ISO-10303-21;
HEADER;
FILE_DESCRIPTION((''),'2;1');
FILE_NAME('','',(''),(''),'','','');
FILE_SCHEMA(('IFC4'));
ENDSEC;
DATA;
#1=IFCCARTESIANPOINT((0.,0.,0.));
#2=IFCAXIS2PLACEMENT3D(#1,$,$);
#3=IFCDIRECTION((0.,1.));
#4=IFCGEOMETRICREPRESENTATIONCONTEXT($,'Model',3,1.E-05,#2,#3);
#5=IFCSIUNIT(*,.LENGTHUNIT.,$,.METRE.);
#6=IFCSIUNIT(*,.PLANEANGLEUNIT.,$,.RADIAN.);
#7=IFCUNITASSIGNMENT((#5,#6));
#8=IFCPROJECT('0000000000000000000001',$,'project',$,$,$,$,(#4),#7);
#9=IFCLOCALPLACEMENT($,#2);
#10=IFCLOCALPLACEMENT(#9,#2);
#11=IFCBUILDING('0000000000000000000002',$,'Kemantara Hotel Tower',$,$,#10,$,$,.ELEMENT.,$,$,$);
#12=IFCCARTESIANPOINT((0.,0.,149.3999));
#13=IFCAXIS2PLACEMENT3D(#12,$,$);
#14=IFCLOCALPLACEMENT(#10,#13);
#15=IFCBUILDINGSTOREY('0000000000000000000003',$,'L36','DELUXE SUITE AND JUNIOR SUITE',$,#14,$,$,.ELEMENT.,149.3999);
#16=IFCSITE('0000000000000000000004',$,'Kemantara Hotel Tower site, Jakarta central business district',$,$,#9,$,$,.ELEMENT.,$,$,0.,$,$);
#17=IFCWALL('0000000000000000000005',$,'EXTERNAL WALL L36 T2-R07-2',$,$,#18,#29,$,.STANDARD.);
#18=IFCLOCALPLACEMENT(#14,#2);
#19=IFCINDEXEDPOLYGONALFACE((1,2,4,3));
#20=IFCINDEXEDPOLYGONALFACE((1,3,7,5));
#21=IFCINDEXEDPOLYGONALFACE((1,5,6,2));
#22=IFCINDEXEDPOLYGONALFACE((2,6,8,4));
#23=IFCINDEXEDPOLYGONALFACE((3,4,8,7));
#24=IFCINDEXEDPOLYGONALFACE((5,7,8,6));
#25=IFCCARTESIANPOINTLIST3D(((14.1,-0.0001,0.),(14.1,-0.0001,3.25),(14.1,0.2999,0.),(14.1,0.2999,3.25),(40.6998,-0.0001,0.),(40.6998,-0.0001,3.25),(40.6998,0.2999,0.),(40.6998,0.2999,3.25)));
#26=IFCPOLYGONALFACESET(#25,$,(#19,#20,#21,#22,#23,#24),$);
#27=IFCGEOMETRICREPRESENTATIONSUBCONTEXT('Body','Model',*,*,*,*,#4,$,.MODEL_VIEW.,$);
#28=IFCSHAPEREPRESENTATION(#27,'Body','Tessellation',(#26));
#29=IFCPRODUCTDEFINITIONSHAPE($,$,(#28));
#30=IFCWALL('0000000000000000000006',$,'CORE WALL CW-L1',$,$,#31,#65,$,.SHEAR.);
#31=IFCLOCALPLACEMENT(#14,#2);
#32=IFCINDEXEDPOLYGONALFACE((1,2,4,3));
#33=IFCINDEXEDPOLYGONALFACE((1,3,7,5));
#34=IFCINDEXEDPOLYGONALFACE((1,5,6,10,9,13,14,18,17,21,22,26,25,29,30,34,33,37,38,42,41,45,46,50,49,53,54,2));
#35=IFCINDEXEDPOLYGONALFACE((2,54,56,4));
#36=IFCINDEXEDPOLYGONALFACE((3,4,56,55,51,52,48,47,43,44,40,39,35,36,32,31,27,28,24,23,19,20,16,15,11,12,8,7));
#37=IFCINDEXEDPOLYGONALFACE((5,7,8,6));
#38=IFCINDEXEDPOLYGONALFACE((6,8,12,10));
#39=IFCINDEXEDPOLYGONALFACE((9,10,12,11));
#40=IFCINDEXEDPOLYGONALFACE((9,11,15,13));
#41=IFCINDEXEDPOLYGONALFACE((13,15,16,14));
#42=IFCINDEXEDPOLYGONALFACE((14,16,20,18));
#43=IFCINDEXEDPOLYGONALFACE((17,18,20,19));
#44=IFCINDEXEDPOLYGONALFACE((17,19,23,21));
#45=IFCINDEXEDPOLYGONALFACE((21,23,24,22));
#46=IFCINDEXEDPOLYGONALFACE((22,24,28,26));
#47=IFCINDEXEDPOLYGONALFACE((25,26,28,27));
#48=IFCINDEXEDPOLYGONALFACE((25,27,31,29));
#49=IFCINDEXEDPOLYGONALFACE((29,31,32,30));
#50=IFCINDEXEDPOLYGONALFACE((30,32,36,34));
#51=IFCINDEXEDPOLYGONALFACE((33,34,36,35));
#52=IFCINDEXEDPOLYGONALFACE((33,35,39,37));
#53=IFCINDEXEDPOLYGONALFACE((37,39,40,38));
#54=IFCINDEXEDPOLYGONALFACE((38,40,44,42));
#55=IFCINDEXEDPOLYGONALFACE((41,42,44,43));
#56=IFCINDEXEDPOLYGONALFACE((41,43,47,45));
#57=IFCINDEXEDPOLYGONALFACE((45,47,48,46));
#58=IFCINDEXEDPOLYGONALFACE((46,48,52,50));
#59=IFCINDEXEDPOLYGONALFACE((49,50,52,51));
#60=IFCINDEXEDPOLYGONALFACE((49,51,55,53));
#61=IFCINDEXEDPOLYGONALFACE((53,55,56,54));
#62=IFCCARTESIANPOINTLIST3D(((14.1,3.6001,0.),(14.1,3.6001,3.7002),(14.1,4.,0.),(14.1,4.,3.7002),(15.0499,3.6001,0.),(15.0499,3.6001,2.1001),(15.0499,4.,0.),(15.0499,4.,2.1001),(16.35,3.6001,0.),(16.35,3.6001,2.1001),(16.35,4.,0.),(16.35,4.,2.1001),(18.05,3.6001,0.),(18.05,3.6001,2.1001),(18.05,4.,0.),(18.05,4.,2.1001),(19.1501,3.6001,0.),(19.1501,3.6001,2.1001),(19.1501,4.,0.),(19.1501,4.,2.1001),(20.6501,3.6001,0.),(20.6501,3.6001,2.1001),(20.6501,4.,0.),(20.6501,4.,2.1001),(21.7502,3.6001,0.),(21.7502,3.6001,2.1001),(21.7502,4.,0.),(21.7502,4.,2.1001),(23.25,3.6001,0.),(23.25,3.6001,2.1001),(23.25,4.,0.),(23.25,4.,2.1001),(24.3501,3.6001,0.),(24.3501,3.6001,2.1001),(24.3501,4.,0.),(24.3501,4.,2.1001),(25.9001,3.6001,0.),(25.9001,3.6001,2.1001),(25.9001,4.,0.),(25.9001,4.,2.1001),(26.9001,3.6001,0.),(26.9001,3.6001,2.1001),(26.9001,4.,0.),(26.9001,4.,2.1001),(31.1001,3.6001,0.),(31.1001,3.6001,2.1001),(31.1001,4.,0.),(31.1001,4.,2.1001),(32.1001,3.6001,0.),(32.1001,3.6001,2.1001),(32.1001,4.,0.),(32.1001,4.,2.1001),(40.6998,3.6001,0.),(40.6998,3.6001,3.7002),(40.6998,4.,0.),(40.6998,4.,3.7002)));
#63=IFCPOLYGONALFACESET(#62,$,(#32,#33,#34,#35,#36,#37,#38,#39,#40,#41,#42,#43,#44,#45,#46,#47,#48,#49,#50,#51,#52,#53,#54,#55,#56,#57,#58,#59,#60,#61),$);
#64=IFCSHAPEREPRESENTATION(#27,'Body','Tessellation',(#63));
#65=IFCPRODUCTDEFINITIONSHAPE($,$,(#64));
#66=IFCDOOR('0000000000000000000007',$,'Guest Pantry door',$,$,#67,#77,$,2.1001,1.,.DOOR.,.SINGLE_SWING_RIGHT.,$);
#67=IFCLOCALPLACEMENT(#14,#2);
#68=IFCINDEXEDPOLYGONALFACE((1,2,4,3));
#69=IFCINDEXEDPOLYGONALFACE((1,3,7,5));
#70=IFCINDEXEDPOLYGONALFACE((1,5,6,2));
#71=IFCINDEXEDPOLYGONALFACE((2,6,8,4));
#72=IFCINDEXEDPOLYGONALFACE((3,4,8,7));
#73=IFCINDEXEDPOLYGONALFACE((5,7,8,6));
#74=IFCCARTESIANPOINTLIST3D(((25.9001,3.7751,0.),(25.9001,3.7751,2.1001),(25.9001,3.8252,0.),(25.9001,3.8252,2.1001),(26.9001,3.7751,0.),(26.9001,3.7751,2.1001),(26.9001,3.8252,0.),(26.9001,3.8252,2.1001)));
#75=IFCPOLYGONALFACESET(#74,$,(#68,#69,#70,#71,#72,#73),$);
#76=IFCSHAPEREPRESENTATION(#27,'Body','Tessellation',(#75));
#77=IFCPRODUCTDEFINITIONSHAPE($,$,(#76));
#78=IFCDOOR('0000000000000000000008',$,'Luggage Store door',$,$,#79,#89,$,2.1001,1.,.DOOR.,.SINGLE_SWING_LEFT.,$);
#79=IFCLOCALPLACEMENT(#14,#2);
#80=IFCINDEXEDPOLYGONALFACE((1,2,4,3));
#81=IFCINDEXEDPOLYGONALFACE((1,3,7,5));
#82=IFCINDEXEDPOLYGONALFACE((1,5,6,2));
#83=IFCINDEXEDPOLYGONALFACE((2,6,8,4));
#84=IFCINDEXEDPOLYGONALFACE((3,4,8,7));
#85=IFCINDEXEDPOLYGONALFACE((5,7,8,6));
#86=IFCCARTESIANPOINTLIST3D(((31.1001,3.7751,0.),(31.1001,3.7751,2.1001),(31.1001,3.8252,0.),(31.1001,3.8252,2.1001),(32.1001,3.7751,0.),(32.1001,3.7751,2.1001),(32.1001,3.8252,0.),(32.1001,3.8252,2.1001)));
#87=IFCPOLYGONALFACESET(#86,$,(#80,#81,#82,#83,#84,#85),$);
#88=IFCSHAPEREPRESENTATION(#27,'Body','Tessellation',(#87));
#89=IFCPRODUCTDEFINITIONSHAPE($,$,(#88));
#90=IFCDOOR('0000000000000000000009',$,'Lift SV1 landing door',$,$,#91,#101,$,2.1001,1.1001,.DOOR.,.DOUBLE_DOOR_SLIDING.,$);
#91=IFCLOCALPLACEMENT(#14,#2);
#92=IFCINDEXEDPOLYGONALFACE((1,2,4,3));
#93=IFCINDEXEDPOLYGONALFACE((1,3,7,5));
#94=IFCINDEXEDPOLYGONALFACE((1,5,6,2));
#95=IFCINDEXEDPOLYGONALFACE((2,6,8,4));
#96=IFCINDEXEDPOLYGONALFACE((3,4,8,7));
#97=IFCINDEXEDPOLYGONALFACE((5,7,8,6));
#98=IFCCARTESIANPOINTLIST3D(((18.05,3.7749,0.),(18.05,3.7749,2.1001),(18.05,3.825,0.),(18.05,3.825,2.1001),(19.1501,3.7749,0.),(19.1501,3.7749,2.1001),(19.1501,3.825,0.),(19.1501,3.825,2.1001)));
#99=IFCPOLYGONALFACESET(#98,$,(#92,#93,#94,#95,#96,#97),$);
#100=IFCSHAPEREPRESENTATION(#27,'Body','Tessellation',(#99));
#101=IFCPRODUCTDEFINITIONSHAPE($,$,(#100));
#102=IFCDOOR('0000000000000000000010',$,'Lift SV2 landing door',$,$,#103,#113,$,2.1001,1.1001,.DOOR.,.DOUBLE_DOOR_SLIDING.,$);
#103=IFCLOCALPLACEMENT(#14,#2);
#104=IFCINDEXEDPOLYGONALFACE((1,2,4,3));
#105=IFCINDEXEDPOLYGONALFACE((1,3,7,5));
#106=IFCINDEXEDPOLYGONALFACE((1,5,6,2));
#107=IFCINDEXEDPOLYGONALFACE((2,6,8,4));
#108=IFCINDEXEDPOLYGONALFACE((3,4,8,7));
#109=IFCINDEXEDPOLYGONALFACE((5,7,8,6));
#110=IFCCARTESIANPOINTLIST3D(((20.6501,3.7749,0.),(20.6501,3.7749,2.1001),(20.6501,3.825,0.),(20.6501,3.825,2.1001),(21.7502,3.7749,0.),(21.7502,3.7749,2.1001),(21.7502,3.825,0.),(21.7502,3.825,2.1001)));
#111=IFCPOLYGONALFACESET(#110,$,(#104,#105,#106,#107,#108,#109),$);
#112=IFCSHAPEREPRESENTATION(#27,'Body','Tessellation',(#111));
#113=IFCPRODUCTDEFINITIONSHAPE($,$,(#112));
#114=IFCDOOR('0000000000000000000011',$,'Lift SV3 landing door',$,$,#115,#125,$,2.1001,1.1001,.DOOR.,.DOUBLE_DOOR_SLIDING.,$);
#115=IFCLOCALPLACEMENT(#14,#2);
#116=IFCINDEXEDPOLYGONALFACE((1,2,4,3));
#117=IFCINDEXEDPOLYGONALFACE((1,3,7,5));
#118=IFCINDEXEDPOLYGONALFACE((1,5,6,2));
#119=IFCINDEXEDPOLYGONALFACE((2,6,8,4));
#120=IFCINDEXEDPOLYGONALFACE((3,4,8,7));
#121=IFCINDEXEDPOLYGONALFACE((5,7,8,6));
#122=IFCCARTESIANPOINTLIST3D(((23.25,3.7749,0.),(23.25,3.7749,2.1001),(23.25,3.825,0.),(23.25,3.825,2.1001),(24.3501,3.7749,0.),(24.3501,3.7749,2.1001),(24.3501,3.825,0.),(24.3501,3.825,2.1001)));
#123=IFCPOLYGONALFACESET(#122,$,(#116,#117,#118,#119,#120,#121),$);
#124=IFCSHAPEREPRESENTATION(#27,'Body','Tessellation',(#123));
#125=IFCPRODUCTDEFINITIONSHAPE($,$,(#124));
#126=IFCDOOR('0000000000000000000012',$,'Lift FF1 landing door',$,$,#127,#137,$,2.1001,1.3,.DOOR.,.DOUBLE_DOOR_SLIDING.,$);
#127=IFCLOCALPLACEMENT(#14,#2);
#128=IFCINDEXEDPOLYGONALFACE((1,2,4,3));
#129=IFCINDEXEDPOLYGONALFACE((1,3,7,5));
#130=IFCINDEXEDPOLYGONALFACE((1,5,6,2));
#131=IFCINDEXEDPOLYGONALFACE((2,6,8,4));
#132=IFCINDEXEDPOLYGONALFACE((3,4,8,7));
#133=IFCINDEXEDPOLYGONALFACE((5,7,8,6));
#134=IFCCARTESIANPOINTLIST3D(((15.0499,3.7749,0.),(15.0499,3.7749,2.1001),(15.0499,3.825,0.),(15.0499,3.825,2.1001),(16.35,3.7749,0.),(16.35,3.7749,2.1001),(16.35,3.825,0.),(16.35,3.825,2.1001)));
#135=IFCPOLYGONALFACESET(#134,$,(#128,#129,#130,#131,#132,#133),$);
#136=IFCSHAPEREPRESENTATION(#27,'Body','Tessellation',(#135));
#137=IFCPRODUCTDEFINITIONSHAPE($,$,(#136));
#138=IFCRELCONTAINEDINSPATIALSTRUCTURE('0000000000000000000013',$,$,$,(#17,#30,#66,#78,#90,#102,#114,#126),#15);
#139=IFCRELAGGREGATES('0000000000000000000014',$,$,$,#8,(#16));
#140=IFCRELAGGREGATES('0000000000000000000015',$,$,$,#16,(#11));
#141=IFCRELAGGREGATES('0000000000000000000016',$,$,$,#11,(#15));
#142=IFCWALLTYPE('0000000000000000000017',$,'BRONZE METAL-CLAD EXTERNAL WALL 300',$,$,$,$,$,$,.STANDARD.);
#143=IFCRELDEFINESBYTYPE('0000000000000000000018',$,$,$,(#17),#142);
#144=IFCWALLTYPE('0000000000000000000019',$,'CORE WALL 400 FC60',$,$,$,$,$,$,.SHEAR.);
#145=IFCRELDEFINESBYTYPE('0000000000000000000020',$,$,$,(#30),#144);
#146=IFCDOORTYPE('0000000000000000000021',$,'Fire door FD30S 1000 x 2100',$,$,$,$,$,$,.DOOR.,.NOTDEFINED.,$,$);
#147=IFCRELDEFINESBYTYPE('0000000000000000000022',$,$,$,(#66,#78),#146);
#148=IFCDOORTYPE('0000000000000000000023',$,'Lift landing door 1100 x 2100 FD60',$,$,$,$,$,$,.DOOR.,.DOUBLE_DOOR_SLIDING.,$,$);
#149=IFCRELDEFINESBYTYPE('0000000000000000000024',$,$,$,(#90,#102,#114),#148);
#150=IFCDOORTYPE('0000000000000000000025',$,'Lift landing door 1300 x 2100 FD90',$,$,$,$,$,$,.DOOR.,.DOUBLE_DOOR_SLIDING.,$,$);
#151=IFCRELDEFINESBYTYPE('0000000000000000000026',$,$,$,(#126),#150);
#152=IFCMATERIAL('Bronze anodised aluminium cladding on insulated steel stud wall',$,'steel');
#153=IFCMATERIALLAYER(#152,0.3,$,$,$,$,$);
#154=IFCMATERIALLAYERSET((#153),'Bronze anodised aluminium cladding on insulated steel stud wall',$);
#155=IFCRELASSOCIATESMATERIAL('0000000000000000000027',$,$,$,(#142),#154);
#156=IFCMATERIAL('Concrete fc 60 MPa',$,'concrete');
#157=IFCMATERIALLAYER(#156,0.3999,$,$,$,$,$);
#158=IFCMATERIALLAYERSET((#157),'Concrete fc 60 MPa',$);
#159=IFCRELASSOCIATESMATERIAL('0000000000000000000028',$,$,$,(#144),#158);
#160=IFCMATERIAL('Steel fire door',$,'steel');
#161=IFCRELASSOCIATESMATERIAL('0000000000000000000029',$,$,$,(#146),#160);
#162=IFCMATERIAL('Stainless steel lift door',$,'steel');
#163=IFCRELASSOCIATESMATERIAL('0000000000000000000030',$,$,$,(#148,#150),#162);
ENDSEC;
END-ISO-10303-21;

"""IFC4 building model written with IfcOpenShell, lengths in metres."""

from ifc_helpers import new_model, si_unit, direction, frame, frame_2d, origin, place, context, subcontext, project, spatial, rectangle, extrude, material, layer, layer_set, type_object, element, fill, save


model = new_model("IFC4")

# Units and contexts
model_context = context("Model", 3, precision=1e-05, world=origin(), true_north=direction((0.0, 1.0)))
body_context = subcontext(model_context, "Body", "Model", "MODEL_VIEW")
ifc_project = project(units=[si_unit("LENGTHUNIT", "METRE"), si_unit("PLANEANGLEUNIT", "RADIAN")], contexts=[model_context])

# Site, building, storey
site_placement = place(None, origin())
site = spatial("IfcSite", under=ifc_project, at=site_placement, Name="Kemantara Hotel Tower site, Jakarta central business district", CompositionType="ELEMENT", RefElevation=0.0)
building_placement = place(site_placement, origin())
building = spatial("IfcBuilding", under=site, at=building_placement, Name="Kemantara Hotel Tower", CompositionType="ELEMENT")
storey_placement = place(building_placement, frame((0.0, 0.0, 149.3999)))
storey = spatial("IfcBuildingStorey", under=building, at=storey_placement, Name="L36", Description="DELUXE SUITE AND JUNIOR SUITE", CompositionType="ELEMENT", Elevation=149.3999)

# Wall
ifc_material_1 = material(Name="Bronze anodised aluminium cladding on insulated steel stud wall", Category="steel")
ifc_layer_1 = layer(ifc_material_1, 0.3)
ifc_layer_set_1 = layer_set([ifc_layer_1], Name="Bronze anodised aluminium cladding on insulated steel stud wall")
wall_type_1 = type_object("IfcWallType", Name="BRONZE METAL-CLAD EXTERNAL WALL 300", PredefinedType="STANDARD", material=ifc_layer_set_1)
wall_1_placement = place(storey_placement, frame((14.1001, 0.1499, 0.0), z_axis=(0.0, 0.0, 1.0), x_axis=(1.0, 0.0, 0.0)))
element("IfcWall", 1, at=wall_1_placement, inside=storey, type_object=wall_type_1, Name="EXTERNAL WALL L36 T2-R07-2", PredefinedType="STANDARD", context=body_context, shape_type="SweptSolid", body=[
    extrude(rectangle(XDim=26.5999, YDim=0.3, at=frame_2d((13.2998, 0.0))), origin(), (0.0, 0.0, 1.0), 3.25),
])

# Wall, openings, doors
ifc_material_2 = material(Name="Concrete fc 60 MPa", Category="concrete")
ifc_layer_2 = layer(ifc_material_2, 0.3999)
ifc_layer_set_2 = layer_set([ifc_layer_2], Name="Concrete fc 60 MPa")
wall_type_2 = type_object("IfcWallType", Name="CORE WALL 400 FC60", PredefinedType="SHEAR", material=ifc_layer_set_2)
wall_2_placement = place(storey_placement, frame((14.1001, 3.8, 0.0), z_axis=(0.0, 0.0, 1.0), x_axis=(1.0, 0.0, 0.0)))
wall_2 = element("IfcWall", 2, at=wall_2_placement, inside=storey, type_object=wall_type_2, Name="CORE WALL CW-L1", PredefinedType="SHEAR", context=body_context, shape_type="SweptSolid", body=[
    extrude(rectangle(XDim=26.5999, YDim=0.3999, at=frame_2d((13.2998, 0.0))), origin(), (0.0, 0.0, 1.0), 3.7002),
])
opening_1_placement = place(wall_2_placement, frame((0.95, 0.0, 0.0)))
opening_1 = element("IfcOpeningElement", 3, at=opening_1_placement, cuts=wall_2, PredefinedType="OPENING", context=body_context, shape_type="SweptSolid", body=[
    extrude(rectangle(XDim=1.3, YDim=2.1001, at=frame_2d((0.6499, 1.05))), frame((0.0, 0.21, 0.0), z_axis=(0.0, -1.0, 0.0), x_axis=(1.0, 0.0, 0.0)), (0.0, 0.0, 1.0), 0.4199),
])
opening_2_placement = place(wall_2_placement, frame((3.95, 0.0, 0.0)))
opening_2 = element("IfcOpeningElement", 4, at=opening_2_placement, cuts=wall_2, PredefinedType="OPENING", context=body_context, shape_type="SweptSolid", body=[
    extrude(rectangle(XDim=1.1001, YDim=2.1001, at=frame_2d((0.55, 1.05))), frame((0.0, 0.21, 0.0), z_axis=(0.0, -1.0, 0.0), x_axis=(1.0, 0.0, 0.0)), (0.0, 0.0, 1.0), 0.4199),
])
opening_3_placement = place(wall_2_placement, frame((6.55, 0.0, 0.0)))
opening_3 = element("IfcOpeningElement", 5, at=opening_3_placement, cuts=wall_2, PredefinedType="OPENING", context=body_context, shape_type="SweptSolid", body=[
    extrude(rectangle(XDim=1.1001, YDim=2.1001, at=frame_2d((0.55, 1.05))), frame((0.0, 0.21, 0.0), z_axis=(0.0, -1.0, 0.0), x_axis=(1.0, 0.0, 0.0)), (0.0, 0.0, 1.0), 0.4199),
])
opening_4_placement = place(wall_2_placement, frame((9.1499, 0.0, 0.0)))
opening_4 = element("IfcOpeningElement", 6, at=opening_4_placement, cuts=wall_2, PredefinedType="OPENING", context=body_context, shape_type="SweptSolid", body=[
    extrude(rectangle(XDim=1.1001, YDim=2.1001, at=frame_2d((0.55, 1.05))), frame((0.0, 0.21, 0.0), z_axis=(0.0, -1.0, 0.0), x_axis=(1.0, 0.0, 0.0)), (0.0, 0.0, 1.0), 0.4199),
])
opening_5_placement = place(wall_2_placement, frame((11.8, 0.0, 0.0)))
opening_5 = element("IfcOpeningElement", 7, at=opening_5_placement, cuts=wall_2, PredefinedType="OPENING", context=body_context, shape_type="SweptSolid", body=[
    extrude(rectangle(XDim=1.0, YDim=2.1001, at=frame_2d((0.5, 1.05))), frame((0.0, 0.21, 0.0), z_axis=(0.0, -1.0, 0.0), x_axis=(1.0, 0.0, 0.0)), (0.0, 0.0, 1.0), 0.4199),
])
opening_6_placement = place(wall_2_placement, frame((17.0, 0.0, 0.0)))
opening_6 = element("IfcOpeningElement", 8, at=opening_6_placement, cuts=wall_2, PredefinedType="OPENING", context=body_context, shape_type="SweptSolid", body=[
    extrude(rectangle(XDim=1.0, YDim=2.1001, at=frame_2d((0.5, 1.05))), frame((0.0, 0.21, 0.0), z_axis=(0.0, -1.0, 0.0), x_axis=(1.0, 0.0, 0.0)), (0.0, 0.0, 1.0), 0.4199),
])
ifc_material_3 = material(Name="Steel fire door", Category="steel")
door_type_1 = type_object("IfcDoorType", Name="Fire door FD30S 1000 x 2100", OperationType="NOTDEFINED", PredefinedType="DOOR", material=ifc_material_3)
door_1_placement = place(opening_5_placement, frame((1.0, 0.0, 0.0), z_axis=(0.0, 0.0, 1.0), x_axis=(-1.0, 0.0, 0.0)))
door_1 = element("IfcDoor", 9, at=door_1_placement, inside=storey, type_object=door_type_1, Name="Guest Pantry door", OperationType="SINGLE_SWING_RIGHT", OverallHeight=2.1001, OverallWidth=1.0, PredefinedType="DOOR", context=body_context, shape_type="SweptSolid", body=[
    extrude(rectangle(XDim=1.0, YDim=2.1001, at=frame_2d((0.5, 1.05))), frame((0.0, 0.0249, 0.0), z_axis=(0.0, -1.0, 0.0), x_axis=(1.0, 0.0, 0.0)), (0.0, 0.0, 1.0), 0.05),
])
fill(opening_5, door_1)
door_2_placement = place(opening_6_placement, frame((1.0, 0.0, 0.0), z_axis=(0.0, 0.0, 1.0), x_axis=(-1.0, 0.0, 0.0)))
door_2 = element("IfcDoor", 10, at=door_2_placement, inside=storey, type_object=door_type_1, Name="Luggage Store door", OperationType="SINGLE_SWING_LEFT", OverallHeight=2.1001, OverallWidth=1.0, PredefinedType="DOOR", context=body_context, shape_type="SweptSolid", body=[
    extrude(rectangle(XDim=1.0, YDim=2.1001, at=frame_2d((0.5, 1.05))), frame((0.0, 0.0249, 0.0), z_axis=(0.0, -1.0, 0.0), x_axis=(1.0, 0.0, 0.0)), (0.0, 0.0, 1.0), 0.05),
])
fill(opening_6, door_2)
ifc_material_4 = material(Name="Stainless steel lift door", Category="steel")
door_type_2 = type_object("IfcDoorType", Name="Lift landing door 1100 x 2100 FD60", OperationType="DOUBLE_DOOR_SLIDING", PredefinedType="DOOR", material=ifc_material_4)
door_3_placement = place(opening_2_placement, origin())
door_3 = element("IfcDoor", 11, at=door_3_placement, inside=storey, type_object=door_type_2, Name="Lift SV1 landing door", OperationType="DOUBLE_DOOR_SLIDING", OverallHeight=2.1001, OverallWidth=1.1001, PredefinedType="DOOR", context=body_context, shape_type="SweptSolid", body=[
    extrude(rectangle(XDim=1.1001, YDim=2.1001, at=frame_2d((0.55, 1.05))), frame((0.0, 0.0249, 0.0), z_axis=(0.0, -1.0, 0.0), x_axis=(1.0, 0.0, 0.0)), (0.0, 0.0, 1.0), 0.05),
])
fill(opening_2, door_3)
door_4_placement = place(opening_3_placement, origin())
door_4 = element("IfcDoor", 12, at=door_4_placement, inside=storey, type_object=door_type_2, Name="Lift SV2 landing door", OperationType="DOUBLE_DOOR_SLIDING", OverallHeight=2.1001, OverallWidth=1.1001, PredefinedType="DOOR", context=body_context, shape_type="SweptSolid", body=[
    extrude(rectangle(XDim=1.1001, YDim=2.1001, at=frame_2d((0.55, 1.05))), frame((0.0, 0.0249, 0.0), z_axis=(0.0, -1.0, 0.0), x_axis=(1.0, 0.0, 0.0)), (0.0, 0.0, 1.0), 0.05),
])
fill(opening_3, door_4)
door_5_placement = place(opening_4_placement, origin())
door_5 = element("IfcDoor", 13, at=door_5_placement, inside=storey, type_object=door_type_2, Name="Lift SV3 landing door", OperationType="DOUBLE_DOOR_SLIDING", OverallHeight=2.1001, OverallWidth=1.1001, PredefinedType="DOOR", context=body_context, shape_type="SweptSolid", body=[
    extrude(rectangle(XDim=1.1001, YDim=2.1001, at=frame_2d((0.55, 1.05))), frame((0.0, 0.0249, 0.0), z_axis=(0.0, -1.0, 0.0), x_axis=(1.0, 0.0, 0.0)), (0.0, 0.0, 1.0), 0.05),
])
fill(opening_4, door_5)
door_type_3 = type_object("IfcDoorType", Name="Lift landing door 1300 x 2100 FD90", OperationType="DOUBLE_DOOR_SLIDING", PredefinedType="DOOR", material=ifc_material_4)
door_6_placement = place(opening_1_placement, origin())
door_6 = element("IfcDoor", 14, at=door_6_placement, inside=storey, type_object=door_type_3, Name="Lift FF1 landing door", OperationType="DOUBLE_DOOR_SLIDING", OverallHeight=2.1001, OverallWidth=1.3, PredefinedType="DOOR", context=body_context, shape_type="SweptSolid", body=[
    extrude(rectangle(XDim=1.3, YDim=2.1001, at=frame_2d((0.6499, 1.05))), frame((0.0, 0.0249, 0.0), z_axis=(0.0, -1.0, 0.0), x_axis=(1.0, 0.0, 0.0)), (0.0, 0.0, 1.0), 0.05),
])
fill(opening_1, door_6)

save(model, "model.ifc")
